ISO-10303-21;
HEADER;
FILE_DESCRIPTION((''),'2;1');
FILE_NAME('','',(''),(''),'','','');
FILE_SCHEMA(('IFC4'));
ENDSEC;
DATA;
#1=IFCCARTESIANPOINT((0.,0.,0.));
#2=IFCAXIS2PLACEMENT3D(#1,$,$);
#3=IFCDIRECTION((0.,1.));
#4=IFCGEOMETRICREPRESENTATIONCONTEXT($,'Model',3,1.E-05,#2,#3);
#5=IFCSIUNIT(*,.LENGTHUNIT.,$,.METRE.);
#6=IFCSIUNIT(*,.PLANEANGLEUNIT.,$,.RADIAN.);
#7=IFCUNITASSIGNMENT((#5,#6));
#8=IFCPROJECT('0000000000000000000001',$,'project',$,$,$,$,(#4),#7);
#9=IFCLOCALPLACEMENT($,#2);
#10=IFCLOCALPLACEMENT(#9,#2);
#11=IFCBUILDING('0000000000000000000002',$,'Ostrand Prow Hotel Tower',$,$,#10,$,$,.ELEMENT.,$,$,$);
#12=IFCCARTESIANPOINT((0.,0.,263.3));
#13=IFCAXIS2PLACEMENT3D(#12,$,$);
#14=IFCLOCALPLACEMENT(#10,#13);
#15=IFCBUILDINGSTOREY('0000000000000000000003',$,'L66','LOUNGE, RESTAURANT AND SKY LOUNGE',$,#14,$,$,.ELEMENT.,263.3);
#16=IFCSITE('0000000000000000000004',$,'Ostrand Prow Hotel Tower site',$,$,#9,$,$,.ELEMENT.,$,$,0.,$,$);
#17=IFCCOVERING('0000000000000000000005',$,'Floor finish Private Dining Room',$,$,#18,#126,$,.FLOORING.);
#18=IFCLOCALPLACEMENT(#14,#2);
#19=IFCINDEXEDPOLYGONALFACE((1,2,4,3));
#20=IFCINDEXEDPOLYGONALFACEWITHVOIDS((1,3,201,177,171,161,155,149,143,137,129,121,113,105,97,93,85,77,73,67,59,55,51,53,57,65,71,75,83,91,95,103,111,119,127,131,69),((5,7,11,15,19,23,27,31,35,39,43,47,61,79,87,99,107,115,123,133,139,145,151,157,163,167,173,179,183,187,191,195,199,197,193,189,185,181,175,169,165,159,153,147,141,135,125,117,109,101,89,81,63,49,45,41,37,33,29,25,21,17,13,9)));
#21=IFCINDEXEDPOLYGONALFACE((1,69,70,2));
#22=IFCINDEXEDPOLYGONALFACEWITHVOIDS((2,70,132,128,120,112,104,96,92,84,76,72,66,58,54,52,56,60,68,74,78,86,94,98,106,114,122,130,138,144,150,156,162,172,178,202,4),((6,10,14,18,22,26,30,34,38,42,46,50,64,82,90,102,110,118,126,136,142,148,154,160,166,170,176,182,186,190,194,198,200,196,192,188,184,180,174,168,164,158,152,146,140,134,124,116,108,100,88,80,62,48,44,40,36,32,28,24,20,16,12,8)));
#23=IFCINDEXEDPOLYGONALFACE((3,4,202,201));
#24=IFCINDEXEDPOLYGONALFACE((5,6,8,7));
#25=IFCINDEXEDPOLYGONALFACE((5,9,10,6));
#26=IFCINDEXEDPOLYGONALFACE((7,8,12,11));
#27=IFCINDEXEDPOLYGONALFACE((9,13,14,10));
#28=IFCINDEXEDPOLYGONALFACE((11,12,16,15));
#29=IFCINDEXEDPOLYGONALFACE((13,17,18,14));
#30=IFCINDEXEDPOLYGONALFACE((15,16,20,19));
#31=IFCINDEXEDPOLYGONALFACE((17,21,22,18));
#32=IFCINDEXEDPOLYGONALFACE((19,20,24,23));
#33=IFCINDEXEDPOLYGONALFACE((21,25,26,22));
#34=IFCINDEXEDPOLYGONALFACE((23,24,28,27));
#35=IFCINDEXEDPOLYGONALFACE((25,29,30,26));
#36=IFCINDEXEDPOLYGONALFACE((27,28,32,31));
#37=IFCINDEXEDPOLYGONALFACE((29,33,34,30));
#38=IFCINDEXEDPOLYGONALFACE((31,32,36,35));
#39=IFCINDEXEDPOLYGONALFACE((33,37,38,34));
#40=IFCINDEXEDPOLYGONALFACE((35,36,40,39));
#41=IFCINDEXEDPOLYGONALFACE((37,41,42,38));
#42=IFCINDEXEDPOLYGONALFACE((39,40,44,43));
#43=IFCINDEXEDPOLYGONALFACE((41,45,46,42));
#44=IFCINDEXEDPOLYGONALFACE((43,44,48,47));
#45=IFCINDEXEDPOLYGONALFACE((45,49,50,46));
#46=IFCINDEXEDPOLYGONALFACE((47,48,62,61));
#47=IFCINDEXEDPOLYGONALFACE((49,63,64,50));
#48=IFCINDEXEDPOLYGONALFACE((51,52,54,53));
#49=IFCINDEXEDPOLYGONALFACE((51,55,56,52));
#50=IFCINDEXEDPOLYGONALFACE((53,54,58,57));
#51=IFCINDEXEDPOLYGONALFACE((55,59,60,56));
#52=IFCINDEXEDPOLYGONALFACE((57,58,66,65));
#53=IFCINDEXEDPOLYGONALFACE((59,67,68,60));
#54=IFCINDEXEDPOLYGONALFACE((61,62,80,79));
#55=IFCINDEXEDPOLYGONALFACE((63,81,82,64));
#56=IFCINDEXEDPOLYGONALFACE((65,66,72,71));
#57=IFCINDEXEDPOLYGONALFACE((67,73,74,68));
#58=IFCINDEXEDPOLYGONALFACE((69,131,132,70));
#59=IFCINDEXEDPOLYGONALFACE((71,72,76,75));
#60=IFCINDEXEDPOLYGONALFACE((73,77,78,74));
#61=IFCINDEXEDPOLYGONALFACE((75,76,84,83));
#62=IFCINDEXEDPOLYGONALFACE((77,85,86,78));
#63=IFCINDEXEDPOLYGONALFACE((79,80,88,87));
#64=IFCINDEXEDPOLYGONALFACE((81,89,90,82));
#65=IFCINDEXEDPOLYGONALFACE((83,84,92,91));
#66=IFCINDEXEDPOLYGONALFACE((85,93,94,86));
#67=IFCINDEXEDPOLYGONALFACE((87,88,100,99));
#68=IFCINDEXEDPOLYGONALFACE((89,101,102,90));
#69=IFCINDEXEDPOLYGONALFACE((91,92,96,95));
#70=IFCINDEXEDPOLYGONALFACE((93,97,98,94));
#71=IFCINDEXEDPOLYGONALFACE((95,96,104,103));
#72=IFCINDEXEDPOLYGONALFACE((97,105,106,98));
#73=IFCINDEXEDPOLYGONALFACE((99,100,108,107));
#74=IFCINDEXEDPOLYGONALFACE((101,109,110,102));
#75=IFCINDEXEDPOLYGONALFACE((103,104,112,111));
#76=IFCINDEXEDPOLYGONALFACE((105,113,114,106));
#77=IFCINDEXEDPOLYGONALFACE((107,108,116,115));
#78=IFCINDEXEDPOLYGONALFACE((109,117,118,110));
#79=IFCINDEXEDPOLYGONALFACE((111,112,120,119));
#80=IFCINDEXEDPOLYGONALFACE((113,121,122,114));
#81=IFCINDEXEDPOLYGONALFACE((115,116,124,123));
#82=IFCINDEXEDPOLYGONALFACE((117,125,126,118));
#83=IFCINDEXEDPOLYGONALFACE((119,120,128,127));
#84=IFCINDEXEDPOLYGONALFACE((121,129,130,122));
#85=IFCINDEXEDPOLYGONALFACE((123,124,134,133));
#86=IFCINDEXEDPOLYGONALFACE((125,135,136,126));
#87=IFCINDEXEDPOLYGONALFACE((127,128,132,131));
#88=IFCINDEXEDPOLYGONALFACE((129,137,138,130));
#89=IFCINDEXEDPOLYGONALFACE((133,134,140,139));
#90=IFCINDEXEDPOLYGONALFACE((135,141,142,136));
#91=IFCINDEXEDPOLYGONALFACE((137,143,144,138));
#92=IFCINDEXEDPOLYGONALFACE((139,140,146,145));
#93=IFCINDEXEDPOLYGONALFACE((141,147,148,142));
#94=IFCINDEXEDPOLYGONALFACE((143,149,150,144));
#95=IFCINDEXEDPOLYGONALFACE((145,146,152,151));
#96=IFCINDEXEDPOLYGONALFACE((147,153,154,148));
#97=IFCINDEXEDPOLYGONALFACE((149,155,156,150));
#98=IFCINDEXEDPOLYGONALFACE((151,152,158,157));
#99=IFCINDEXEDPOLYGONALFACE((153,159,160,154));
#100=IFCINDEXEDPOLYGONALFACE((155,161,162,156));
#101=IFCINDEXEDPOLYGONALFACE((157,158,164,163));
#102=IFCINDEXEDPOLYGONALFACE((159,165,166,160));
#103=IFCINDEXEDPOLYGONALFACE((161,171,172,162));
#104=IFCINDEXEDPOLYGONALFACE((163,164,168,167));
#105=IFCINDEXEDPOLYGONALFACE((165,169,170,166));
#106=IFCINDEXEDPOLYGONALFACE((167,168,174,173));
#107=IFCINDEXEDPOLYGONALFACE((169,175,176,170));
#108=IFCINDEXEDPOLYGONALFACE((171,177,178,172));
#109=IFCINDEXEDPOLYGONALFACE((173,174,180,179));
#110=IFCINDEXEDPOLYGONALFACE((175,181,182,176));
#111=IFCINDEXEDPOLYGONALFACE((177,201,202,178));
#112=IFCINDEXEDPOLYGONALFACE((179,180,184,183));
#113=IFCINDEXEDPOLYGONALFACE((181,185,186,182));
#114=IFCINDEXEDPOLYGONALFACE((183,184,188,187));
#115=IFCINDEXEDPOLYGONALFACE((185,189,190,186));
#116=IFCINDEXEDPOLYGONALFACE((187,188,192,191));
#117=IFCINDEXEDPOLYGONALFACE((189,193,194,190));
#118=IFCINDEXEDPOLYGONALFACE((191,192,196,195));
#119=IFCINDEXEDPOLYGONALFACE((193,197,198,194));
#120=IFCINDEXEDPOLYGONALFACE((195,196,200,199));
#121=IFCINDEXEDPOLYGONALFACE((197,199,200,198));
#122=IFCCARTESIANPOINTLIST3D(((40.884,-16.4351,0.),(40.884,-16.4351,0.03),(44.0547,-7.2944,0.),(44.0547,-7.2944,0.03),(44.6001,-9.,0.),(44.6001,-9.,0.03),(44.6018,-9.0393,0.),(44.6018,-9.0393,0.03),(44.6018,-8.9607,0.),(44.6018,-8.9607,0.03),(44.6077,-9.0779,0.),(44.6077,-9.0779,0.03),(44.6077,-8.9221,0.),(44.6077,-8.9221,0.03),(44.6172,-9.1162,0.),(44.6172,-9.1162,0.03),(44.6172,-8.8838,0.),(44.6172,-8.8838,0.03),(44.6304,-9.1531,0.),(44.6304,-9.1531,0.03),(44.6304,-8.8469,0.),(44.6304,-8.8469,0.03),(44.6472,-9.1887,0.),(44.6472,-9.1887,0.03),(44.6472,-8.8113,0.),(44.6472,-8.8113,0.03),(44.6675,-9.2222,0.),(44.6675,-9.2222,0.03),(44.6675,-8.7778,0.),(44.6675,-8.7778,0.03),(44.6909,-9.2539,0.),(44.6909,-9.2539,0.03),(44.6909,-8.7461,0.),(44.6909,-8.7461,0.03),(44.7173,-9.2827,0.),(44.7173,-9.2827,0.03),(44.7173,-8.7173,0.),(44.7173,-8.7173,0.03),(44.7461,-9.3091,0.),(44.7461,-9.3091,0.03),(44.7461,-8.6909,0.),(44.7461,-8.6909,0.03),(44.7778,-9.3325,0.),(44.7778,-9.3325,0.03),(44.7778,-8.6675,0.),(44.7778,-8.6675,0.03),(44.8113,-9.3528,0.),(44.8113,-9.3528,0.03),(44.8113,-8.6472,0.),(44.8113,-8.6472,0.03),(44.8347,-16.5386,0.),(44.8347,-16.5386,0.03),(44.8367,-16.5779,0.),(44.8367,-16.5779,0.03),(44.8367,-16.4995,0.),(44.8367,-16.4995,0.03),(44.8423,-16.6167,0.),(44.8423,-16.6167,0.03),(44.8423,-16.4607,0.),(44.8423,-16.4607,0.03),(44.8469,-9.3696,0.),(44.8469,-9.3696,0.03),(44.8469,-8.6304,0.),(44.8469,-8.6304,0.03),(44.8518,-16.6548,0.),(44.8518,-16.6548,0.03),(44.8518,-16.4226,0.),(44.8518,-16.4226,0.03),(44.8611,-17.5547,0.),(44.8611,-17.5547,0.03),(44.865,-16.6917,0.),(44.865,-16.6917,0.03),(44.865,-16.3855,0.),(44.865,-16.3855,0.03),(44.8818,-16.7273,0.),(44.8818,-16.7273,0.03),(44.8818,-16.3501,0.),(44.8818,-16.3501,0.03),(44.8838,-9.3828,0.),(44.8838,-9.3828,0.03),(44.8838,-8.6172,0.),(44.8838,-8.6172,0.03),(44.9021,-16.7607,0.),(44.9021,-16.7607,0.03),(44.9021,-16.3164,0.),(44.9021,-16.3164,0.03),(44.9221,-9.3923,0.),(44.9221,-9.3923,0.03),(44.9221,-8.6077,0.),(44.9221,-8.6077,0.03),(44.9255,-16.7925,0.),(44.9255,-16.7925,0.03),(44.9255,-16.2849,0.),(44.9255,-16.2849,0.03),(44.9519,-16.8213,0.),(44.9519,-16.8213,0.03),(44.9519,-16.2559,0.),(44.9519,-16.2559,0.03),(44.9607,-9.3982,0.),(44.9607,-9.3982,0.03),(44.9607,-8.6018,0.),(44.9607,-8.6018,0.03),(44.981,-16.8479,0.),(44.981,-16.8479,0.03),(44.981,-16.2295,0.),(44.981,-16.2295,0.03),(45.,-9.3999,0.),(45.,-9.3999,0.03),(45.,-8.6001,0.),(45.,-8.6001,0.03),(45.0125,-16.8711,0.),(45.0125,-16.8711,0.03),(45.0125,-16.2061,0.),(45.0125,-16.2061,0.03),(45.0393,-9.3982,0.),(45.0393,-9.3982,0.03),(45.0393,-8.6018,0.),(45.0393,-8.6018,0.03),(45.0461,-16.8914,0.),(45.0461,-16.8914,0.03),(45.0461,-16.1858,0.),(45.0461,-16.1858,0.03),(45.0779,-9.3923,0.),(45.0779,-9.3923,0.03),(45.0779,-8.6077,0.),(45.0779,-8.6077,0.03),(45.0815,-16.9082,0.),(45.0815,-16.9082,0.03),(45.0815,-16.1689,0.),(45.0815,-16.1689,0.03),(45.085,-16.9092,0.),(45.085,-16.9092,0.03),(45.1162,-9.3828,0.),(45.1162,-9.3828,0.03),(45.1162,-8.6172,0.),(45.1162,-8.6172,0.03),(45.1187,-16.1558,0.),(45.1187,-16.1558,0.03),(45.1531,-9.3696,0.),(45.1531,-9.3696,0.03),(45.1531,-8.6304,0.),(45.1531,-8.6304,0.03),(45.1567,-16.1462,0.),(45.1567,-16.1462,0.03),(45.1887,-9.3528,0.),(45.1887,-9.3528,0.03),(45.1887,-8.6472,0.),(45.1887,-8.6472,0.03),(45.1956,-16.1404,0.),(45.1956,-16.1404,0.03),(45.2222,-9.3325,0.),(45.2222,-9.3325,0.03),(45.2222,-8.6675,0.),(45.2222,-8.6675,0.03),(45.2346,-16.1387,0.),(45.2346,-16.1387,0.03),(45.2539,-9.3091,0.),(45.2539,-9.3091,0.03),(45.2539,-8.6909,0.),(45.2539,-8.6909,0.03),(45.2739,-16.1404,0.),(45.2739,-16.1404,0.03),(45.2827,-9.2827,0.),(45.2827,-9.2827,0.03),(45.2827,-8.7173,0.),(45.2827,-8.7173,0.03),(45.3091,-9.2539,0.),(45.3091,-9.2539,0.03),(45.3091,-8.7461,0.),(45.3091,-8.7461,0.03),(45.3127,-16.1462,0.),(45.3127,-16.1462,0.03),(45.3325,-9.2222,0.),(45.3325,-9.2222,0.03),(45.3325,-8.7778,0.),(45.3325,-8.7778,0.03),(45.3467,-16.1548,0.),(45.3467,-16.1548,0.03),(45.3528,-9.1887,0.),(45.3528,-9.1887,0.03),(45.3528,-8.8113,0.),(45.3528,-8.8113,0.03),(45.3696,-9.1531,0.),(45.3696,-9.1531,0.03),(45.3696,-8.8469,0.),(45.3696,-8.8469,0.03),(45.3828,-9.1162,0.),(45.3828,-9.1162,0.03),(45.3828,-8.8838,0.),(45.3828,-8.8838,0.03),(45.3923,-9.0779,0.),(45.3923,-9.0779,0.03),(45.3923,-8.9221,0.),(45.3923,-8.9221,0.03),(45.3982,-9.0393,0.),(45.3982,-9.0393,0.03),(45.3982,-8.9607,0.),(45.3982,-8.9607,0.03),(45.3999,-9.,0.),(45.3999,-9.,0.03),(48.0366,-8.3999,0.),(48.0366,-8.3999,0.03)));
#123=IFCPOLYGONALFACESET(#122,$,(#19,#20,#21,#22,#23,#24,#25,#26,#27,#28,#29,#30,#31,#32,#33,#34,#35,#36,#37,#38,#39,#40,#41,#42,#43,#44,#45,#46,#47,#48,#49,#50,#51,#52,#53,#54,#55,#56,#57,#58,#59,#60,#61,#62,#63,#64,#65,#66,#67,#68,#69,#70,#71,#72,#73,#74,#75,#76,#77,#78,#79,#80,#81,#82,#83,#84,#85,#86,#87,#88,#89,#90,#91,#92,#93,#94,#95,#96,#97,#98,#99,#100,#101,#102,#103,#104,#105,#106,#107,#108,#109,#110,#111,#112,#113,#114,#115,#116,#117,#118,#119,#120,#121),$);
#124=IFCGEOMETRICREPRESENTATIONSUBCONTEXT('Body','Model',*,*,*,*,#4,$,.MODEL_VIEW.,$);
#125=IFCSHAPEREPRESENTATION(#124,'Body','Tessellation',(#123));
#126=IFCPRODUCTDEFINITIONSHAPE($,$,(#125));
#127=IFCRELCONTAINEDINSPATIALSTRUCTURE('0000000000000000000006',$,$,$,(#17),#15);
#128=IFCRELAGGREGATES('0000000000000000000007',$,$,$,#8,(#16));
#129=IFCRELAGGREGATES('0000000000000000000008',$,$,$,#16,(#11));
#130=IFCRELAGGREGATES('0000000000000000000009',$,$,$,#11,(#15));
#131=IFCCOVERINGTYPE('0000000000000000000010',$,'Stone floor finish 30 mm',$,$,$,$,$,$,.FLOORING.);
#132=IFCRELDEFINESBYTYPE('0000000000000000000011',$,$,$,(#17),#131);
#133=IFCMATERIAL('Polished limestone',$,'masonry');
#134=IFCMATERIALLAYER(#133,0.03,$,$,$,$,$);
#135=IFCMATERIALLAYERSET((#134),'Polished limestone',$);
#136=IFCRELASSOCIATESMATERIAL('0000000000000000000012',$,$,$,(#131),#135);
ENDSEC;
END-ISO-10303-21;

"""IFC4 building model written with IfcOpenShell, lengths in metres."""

from ifc_helpers import new_model, si_unit, direction, frame, origin, place, context, subcontext, project, spatial, polyline, outline, extrude, material, layer, layer_set, type_object, element, save


model = new_model("IFC4")

# Units and contexts
model_context = context("Model", 3, precision=1e-05, world=origin(), true_north=direction((0.0, 1.0)))
body_context = subcontext(model_context, "Body", "Model", "MODEL_VIEW")
ifc_project = project(units=[si_unit("LENGTHUNIT", "METRE"), si_unit("PLANEANGLEUNIT", "RADIAN")], contexts=[model_context])

# Site, building, storey
site_placement = place(None, origin())
site = spatial("IfcSite", under=ifc_project, at=site_placement, Name="Ostrand Prow Hotel Tower site", CompositionType="ELEMENT", RefElevation=0.0)
building_placement = place(site_placement, origin())
building = spatial("IfcBuilding", under=site, at=building_placement, Name="Ostrand Prow Hotel Tower", CompositionType="ELEMENT")
storey_placement = place(building_placement, frame((0.0, 0.0, 263.3)))
storey = spatial("IfcBuildingStorey", under=building, at=storey_placement, Name="L66", Description="LOUNGE, RESTAURANT AND SKY LOUNGE", CompositionType="ELEMENT", Elevation=263.3)

# Covering
ifc_material_1 = material(Name="Polished limestone", Category="masonry")
ifc_layer_1 = layer(ifc_material_1, 0.03)
ifc_layer_set_1 = layer_set([ifc_layer_1], Name="Polished limestone")
covering_type_1 = type_object("IfcCoveringType", Name="Stone floor finish 30 mm", PredefinedType="FLOORING", material=ifc_layer_set_1)
covering_1_placement = place(storey_placement, origin())
element("IfcCovering", 1, at=covering_1_placement, inside=storey, type_object=covering_type_1, Name="Floor finish Private Dining Room", PredefinedType="FLOORING", context=body_context, shape_type="SweptSolid", body=[
    extrude(outline(polyline([(40.884, -16.4351), (44.8611, -17.5547), (45.085, -16.9092), (45.0815, -16.9082), (45.0461, -16.8914), (45.0125, -16.8711), (44.981, -16.8479), (44.9519, -16.8213), (44.9255, -16.7925), (44.9021, -16.7607), (44.8818, -16.7273), (44.865, -16.6917), (44.8518, -16.6548), (44.8423, -16.6167), (44.8367, -16.5779), (44.8347, -16.5386), (44.8367, -16.4995), (44.8423, -16.4607), (44.8518, -16.4226), (44.865, -16.3855), (44.8818, -16.3501), (44.9021, -16.3164), (44.9255, -16.2849), (44.9519, -16.2559), (44.981, -16.2295), (45.0125, -16.2061), (45.0461, -16.1858), (45.0815, -16.1689), (45.1187, -16.1558), (45.1567, -16.1462), (45.1956, -16.1404), (45.2346, -16.1387), (45.2739, -16.1404), (45.3127, -16.1462), (45.3467, -16.1548), (48.0366, -8.3999), (44.0547, -7.2944), (40.884, -16.4351)]), holes=[polyline([(45.3528, -9.1887), (45.3325, -9.2222), (45.3091, -9.2539), (45.2827, -9.2827), (45.2539, -9.3091), (45.2222, -9.3325), (45.1887, -9.3528), (45.1531, -9.3696), (45.1162, -9.3828), (45.0779, -9.3923), (45.0393, -9.3982), (45.0, -9.3999), (44.9607, -9.3982), (44.9221, -9.3923), (44.8838, -9.3828), (44.8469, -9.3696), (44.8113, -9.3528), (44.7778, -9.3325), (44.7461, -9.3091), (44.7173, -9.2827), (44.6909, -9.2539), (44.6675, -9.2222), (44.6472, -9.1887), (44.6304, -9.1531), (44.6172, -9.1162), (44.6077, -9.0779), (44.6018, -9.0393), (44.6001, -9.0), (44.6018, -8.9607), (44.6077, -8.9221), (44.6172, -8.8838), (44.6304, -8.8469), (44.6472, -8.8113), (44.6675, -8.7778), (44.6909, -8.7461), (44.7173, -8.7173), (44.7461, -8.6909), (44.7778, -8.6675), (44.8113, -8.6472), (44.8469, -8.6304), (44.8838, -8.6172), (44.9221, -8.6077), (44.9607, -8.6018), (45.0, -8.6001), (45.0393, -8.6018), (45.0779, -8.6077), (45.1162, -8.6172), (45.1531, -8.6304), (45.1887, -8.6472), (45.2222, -8.6675), (45.2539, -8.6909), (45.2827, -8.7173), (45.3091, -8.7461), (45.3325, -8.7778), (45.3528, -8.8113), (45.3696, -8.8469), (45.3828, -8.8838), (45.3923, -8.9221), (45.3982, -8.9607), (45.3999, -9.0), (45.3982, -9.0393), (45.3923, -9.0779), (45.3828, -9.1162), (45.3696, -9.1531), (45.3528, -9.1887)])]), origin(), (0.0, 0.0, 1.0), 0.03),
])

save(model, "model.ifc")
